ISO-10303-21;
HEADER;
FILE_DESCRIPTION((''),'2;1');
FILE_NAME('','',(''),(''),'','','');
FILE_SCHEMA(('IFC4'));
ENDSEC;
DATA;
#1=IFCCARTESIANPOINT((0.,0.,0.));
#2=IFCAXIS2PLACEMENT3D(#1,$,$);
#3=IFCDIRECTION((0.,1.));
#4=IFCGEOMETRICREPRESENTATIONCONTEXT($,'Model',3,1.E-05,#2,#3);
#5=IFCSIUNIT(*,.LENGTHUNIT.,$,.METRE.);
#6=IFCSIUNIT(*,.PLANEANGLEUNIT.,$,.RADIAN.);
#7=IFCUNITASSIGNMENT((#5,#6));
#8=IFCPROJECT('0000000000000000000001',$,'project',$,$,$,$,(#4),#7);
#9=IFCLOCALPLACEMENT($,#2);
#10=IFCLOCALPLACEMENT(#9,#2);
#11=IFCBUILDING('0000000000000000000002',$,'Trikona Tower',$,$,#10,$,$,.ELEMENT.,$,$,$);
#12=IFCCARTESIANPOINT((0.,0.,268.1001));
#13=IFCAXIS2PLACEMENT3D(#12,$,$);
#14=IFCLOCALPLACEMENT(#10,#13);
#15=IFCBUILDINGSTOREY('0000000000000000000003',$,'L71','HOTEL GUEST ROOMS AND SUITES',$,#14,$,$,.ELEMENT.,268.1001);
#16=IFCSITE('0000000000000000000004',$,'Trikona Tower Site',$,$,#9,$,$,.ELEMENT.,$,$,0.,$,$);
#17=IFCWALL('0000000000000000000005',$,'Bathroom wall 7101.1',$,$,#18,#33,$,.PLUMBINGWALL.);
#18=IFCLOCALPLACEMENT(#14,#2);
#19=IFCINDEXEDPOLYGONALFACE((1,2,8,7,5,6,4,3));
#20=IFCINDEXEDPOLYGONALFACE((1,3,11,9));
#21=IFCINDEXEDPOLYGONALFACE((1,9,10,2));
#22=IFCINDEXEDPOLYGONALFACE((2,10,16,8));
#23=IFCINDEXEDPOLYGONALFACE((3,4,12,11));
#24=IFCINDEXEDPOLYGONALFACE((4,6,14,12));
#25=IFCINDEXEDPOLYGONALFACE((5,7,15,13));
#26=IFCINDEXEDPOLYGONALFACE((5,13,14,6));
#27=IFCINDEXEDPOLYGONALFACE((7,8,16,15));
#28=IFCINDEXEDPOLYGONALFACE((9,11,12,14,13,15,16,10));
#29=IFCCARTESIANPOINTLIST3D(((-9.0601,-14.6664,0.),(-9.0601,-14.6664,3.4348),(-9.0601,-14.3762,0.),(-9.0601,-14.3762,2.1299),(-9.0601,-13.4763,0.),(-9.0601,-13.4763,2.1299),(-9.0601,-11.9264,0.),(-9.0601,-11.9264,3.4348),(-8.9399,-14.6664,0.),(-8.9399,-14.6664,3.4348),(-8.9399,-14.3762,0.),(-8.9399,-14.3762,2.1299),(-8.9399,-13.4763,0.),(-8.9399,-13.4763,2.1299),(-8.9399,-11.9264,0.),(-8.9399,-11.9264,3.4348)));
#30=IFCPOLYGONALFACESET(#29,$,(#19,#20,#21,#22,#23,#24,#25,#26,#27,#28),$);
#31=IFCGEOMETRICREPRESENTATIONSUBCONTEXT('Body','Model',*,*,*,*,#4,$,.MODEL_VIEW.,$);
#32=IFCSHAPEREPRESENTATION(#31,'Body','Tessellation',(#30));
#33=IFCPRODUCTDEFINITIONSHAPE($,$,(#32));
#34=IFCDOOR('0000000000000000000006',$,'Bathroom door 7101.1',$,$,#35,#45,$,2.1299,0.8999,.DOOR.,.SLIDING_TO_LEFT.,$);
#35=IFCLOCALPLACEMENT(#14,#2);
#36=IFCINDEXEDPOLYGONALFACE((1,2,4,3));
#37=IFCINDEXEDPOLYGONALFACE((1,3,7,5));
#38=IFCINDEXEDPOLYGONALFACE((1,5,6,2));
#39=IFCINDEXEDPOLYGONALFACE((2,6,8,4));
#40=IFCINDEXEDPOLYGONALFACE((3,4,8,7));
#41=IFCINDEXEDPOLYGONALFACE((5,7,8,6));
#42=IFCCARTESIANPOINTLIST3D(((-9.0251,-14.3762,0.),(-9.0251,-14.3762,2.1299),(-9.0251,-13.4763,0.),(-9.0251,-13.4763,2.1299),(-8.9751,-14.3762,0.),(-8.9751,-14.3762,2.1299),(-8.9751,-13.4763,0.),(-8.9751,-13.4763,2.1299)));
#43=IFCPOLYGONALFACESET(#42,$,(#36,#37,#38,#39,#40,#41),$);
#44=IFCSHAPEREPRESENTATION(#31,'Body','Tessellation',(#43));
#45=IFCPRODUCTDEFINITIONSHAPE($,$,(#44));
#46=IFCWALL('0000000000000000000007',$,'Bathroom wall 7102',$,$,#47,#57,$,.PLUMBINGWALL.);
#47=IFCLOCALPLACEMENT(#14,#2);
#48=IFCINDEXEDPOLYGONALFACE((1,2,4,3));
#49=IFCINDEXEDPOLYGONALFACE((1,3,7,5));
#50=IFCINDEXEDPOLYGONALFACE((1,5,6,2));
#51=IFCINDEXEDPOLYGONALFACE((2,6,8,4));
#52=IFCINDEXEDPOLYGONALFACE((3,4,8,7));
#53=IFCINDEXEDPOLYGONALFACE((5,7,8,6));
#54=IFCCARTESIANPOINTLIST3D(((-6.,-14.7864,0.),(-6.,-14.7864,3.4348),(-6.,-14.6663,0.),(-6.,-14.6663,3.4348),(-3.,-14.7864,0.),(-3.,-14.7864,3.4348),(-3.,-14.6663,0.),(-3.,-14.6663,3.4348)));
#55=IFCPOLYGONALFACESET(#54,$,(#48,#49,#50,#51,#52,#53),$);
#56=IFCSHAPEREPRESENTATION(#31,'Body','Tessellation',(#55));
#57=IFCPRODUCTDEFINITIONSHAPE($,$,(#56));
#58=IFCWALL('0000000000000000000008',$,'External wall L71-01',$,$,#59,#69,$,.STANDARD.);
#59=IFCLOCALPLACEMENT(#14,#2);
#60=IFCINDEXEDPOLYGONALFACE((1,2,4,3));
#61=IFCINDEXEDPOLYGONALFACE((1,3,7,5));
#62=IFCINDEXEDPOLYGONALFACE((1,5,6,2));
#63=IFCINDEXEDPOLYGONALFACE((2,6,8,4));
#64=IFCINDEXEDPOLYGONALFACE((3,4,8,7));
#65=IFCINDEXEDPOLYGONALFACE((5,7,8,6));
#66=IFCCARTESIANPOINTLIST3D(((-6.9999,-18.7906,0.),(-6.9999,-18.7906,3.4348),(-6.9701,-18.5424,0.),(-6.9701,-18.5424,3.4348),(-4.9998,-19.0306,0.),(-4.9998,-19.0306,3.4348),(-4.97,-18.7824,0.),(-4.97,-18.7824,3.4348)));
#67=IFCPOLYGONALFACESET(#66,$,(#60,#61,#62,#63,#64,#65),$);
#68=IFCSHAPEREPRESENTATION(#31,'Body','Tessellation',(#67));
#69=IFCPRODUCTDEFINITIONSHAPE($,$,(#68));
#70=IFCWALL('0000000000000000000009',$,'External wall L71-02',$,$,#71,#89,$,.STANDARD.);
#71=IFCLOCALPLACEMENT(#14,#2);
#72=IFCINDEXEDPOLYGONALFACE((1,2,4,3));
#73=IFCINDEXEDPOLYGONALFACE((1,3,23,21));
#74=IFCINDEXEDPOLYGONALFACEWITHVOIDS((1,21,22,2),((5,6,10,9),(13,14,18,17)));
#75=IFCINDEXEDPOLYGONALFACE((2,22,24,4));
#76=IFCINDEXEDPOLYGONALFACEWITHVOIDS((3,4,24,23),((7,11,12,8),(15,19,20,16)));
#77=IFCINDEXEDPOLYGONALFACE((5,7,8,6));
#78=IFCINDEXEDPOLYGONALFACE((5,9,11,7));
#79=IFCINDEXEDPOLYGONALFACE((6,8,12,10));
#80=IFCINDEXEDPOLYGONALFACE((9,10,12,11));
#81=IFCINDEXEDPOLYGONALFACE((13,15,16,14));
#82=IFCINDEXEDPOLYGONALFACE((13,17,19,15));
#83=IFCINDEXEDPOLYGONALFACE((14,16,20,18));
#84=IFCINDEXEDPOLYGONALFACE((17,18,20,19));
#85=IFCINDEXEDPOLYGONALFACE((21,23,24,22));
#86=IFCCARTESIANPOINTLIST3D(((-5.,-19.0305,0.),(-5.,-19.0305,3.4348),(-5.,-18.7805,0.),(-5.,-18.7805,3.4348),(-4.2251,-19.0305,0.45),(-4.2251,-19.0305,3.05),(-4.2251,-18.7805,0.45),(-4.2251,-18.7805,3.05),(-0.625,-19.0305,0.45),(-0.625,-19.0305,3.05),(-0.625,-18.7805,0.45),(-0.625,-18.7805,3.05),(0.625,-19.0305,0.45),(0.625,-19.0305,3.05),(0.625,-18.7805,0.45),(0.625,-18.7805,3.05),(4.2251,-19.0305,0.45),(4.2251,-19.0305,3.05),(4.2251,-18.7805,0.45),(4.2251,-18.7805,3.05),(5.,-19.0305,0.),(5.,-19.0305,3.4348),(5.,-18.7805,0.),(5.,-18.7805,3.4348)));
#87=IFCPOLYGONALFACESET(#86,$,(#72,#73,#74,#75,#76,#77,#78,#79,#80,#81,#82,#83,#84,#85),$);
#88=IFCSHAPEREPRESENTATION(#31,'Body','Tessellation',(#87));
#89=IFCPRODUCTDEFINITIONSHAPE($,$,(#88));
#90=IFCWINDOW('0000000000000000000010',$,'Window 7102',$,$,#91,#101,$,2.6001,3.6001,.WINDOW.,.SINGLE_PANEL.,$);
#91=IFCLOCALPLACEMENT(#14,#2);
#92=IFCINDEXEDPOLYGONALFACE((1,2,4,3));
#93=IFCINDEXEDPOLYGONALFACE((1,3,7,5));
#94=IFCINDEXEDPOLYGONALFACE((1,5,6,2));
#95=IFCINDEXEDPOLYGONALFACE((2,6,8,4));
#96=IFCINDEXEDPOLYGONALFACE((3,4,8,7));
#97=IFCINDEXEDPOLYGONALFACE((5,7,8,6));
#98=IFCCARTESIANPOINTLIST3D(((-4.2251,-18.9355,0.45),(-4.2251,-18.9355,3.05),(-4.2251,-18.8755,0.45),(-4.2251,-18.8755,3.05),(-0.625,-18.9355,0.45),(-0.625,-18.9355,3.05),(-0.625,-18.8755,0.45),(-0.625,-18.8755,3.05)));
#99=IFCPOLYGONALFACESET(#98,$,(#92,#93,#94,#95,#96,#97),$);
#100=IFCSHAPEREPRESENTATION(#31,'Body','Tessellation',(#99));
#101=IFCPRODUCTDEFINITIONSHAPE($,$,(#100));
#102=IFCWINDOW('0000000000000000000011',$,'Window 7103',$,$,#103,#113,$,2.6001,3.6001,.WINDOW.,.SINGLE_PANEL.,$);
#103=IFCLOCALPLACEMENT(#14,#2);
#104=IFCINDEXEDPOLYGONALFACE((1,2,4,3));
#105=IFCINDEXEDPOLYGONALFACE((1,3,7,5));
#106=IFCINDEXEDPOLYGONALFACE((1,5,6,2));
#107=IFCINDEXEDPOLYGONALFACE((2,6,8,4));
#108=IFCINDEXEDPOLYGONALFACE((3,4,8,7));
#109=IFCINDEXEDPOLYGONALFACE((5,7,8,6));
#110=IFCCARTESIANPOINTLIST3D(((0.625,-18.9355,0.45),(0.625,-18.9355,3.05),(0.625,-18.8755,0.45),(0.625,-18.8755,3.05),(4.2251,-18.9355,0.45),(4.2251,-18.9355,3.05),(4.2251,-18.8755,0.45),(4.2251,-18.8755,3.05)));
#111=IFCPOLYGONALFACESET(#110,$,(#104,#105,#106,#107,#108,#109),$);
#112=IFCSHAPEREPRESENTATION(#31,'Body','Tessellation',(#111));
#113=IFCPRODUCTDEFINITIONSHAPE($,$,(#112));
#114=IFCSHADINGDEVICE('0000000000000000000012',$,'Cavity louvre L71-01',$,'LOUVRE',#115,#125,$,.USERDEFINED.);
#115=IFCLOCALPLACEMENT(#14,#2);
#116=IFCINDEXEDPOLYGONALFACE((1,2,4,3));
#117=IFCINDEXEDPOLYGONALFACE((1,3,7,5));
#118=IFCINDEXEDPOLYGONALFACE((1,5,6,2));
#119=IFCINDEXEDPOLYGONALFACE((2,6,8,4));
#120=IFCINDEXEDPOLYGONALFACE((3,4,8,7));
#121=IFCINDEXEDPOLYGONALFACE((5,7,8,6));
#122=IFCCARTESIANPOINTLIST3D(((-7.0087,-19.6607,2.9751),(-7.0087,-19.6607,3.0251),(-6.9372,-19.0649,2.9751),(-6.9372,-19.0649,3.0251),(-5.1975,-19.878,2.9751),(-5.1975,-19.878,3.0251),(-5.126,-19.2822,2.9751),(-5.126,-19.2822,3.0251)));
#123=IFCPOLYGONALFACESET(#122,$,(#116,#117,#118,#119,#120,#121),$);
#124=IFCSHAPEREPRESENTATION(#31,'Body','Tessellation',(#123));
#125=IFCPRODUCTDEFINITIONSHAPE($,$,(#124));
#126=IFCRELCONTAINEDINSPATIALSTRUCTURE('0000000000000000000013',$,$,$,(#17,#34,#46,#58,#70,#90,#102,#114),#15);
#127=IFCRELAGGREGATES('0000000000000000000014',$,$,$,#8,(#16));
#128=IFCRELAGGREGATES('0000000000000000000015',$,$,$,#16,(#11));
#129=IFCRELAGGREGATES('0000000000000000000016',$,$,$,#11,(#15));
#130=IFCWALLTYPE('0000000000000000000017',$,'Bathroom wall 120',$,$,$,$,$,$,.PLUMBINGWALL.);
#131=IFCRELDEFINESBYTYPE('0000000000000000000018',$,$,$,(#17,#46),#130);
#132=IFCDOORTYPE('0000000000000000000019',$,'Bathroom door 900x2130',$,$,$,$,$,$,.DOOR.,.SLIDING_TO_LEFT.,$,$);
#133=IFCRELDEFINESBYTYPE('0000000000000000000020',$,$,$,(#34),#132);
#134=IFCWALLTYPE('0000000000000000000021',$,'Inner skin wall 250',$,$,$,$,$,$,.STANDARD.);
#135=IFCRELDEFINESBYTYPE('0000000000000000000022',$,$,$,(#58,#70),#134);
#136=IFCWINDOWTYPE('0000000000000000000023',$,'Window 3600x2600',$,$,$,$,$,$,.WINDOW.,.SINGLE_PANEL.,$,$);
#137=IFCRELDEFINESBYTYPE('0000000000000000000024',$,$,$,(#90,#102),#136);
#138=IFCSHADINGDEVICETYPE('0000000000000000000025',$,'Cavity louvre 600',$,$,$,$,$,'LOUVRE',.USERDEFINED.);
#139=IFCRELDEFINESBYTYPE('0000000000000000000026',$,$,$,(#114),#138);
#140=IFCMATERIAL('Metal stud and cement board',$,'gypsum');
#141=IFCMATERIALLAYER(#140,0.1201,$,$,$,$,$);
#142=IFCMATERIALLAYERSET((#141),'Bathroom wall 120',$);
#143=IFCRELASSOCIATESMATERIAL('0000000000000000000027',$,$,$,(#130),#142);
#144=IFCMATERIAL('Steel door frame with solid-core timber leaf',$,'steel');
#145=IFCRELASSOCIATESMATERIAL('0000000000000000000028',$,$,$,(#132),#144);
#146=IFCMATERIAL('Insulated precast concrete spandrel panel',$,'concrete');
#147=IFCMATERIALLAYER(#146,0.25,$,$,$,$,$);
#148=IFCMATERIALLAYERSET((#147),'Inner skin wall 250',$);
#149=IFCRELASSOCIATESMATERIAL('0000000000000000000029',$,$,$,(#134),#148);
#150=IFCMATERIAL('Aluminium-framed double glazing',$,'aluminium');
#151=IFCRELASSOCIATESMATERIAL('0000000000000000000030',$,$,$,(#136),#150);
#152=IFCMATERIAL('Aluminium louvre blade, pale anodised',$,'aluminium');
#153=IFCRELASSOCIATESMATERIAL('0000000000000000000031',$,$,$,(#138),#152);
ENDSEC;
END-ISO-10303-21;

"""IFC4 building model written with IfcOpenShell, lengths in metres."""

from ifc_helpers import new_model, si_unit, direction, frame, frame_2d, origin, origin_2d, place, context, subcontext, project, spatial, rectangle, extrude, material, layer, layer_set, type_object, element, fill, save


model = new_model("IFC4")

# Units and contexts
model_context = context("Model", 3, precision=1e-05, world=origin(), true_north=direction((0.0, 1.0)))
body_context = subcontext(model_context, "Body", "Model", "MODEL_VIEW")
ifc_project = project(units=[si_unit("LENGTHUNIT", "METRE"), si_unit("PLANEANGLEUNIT", "RADIAN")], contexts=[model_context])

# Site, building, storey
site_placement = place(None, origin())
site = spatial("IfcSite", under=ifc_project, at=site_placement, Name="Trikona Tower Site", CompositionType="ELEMENT", RefElevation=0.0)
building_placement = place(site_placement, origin())
building = spatial("IfcBuilding", under=site, at=building_placement, Name="Trikona Tower", CompositionType="ELEMENT")
storey_placement = place(building_placement, frame((0.0, 0.0, 268.1001)))
storey = spatial("IfcBuildingStorey", under=building, at=storey_placement, Name="L71", Description="HOTEL GUEST ROOMS AND SUITES", CompositionType="ELEMENT", Elevation=268.1001)

# Shared definitions
ifc_material_1 = material(Name="Metal stud and cement board", Category="gypsum")
ifc_layer_1 = layer(ifc_material_1, 0.1201)
ifc_layer_set_1 = layer_set([ifc_layer_1], Name="Bathroom wall 120")
wall_type_1 = type_object("IfcWallType", Name="Bathroom wall 120", PredefinedType="PLUMBINGWALL", material=ifc_layer_set_1)

# Wall, opening, door
wall_1_placement = place(storey_placement, frame((-9.0, -11.9263, 0.0), z_axis=(0.0, 0.0, 1.0), x_axis=(0.0, -1.0, 0.0)))
wall_1 = element("IfcWall", 1, at=wall_1_placement, inside=storey, type_object=wall_type_1, Name="Bathroom wall 7101.1", PredefinedType="PLUMBINGWALL", context=body_context, shape_type="SweptSolid", body=[
    extrude(rectangle(XDim=2.74, YDim=0.1201, at=frame_2d((1.3701, 0.0))), origin(), (0.0, 0.0, 1.0), 3.4348),
])
opening_1_placement = place(wall_1_placement, frame((1.55, 0.0, 0.0)))
opening_1 = element("IfcOpeningElement", 2, at=opening_1_placement, cuts=wall_1, PredefinedType="OPENING", context=body_context, shape_type="SweptSolid", body=[
    extrude(rectangle(XDim=0.8999, YDim=2.1299, at=frame_2d((0.45, 1.0649))), frame((0.0, 0.0701, 0.0), z_axis=(0.0, -1.0, 0.0), x_axis=(1.0, 0.0, 0.0)), (0.0, 0.0, 1.0), 0.1401),
])
ifc_material_2 = material(Name="Steel door frame with solid-core timber leaf", Category="steel")
door_type = type_object("IfcDoorType", Name="Bathroom door 900x2130", OperationType="SLIDING_TO_LEFT", PredefinedType="DOOR", material=ifc_material_2)
door_placement = place(opening_1_placement, origin())
door = element("IfcDoor", 3, at=door_placement, inside=storey, type_object=door_type, Name="Bathroom door 7101.1", OperationType="SLIDING_TO_LEFT", OverallHeight=2.1299, OverallWidth=0.8999, PredefinedType="DOOR", context=body_context, shape_type="SweptSolid", body=[
    extrude(rectangle(XDim=0.8999, YDim=2.1299, at=frame_2d((0.45, 1.0649))), frame((0.0, 0.0249, 0.0), z_axis=(0.0, -1.0, 0.0), x_axis=(1.0, 0.0, 0.0)), (0.0, 0.0, 1.0), 0.05),
])
fill(opening_1, door)

# Walls
wall_2_placement = place(storey_placement, frame((-6.0, -14.7263, 0.0), z_axis=(0.0, 0.0, 1.0), x_axis=(1.0, 0.0, 0.0)))
element("IfcWall", 4, at=wall_2_placement, inside=storey, type_object=wall_type_1, Name="Bathroom wall 7102", PredefinedType="PLUMBINGWALL", context=body_context, shape_type="SweptSolid", body=[
    extrude(rectangle(XDim=3.0, YDim=0.1201, at=frame_2d((1.5, 0.0))), origin(), (0.0, 0.0, 1.0), 3.4348),
])
ifc_material_3 = material(Name="Insulated precast concrete spandrel panel", Category="concrete")
ifc_layer_2 = layer(ifc_material_3, 0.25)
ifc_layer_set_2 = layer_set([ifc_layer_2], Name="Inner skin wall 250")
wall_type_2 = type_object("IfcWallType", Name="Inner skin wall 250", PredefinedType="STANDARD", material=ifc_layer_set_2)
wall_3_placement = place(storey_placement, frame((-6.9851, -18.6665, 0.0), z_axis=(0.0, 0.0, 1.0), x_axis=(0.992877, -0.11914, 0.0)))
element("IfcWall", 5, at=wall_3_placement, inside=storey, type_object=wall_type_2, Name="External wall L71-01", PredefinedType="STANDARD", context=body_context, shape_type="SweptSolid", body=[
    extrude(rectangle(XDim=2.0144, YDim=0.25, at=frame_2d((1.0073, 0.0))), origin(), (0.0, 0.0, 1.0), 3.4348),
])

# Wall, openings, windows
wall_4_placement = place(storey_placement, frame((-5.0, -18.9055, 0.0), z_axis=(0.0, 0.0, 1.0), x_axis=(1.0, 0.0, 0.0)))
wall_4 = element("IfcWall", 6, at=wall_4_placement, inside=storey, type_object=wall_type_2, Name="External wall L71-02", PredefinedType="STANDARD", context=body_context, shape_type="SweptSolid", body=[
    extrude(rectangle(XDim=10.0, YDim=0.25, at=frame_2d((5.0, 0.0))), origin(), (0.0, 0.0, 1.0), 3.4348),
])
opening_2_placement = place(wall_4_placement, frame((0.7749, 0.0, 0.45)))
opening_2 = element("IfcOpeningElement", 7, at=opening_2_placement, cuts=wall_4, PredefinedType="OPENING", context=body_context, shape_type="SweptSolid", body=[
    extrude(rectangle(XDim=3.6001, YDim=2.6001, at=frame_2d((1.8, 1.3))), frame((0.0, 0.135, 0.0), z_axis=(0.0, -1.0, 0.0), x_axis=(1.0, 0.0, 0.0)), (0.0, 0.0, 1.0), 0.27),
])
opening_3_placement = place(wall_4_placement, frame((5.625, 0.0, 0.45)))
opening_3 = element("IfcOpeningElement", 8, at=opening_3_placement, cuts=wall_4, PredefinedType="OPENING", context=body_context, shape_type="SweptSolid", body=[
    extrude(rectangle(XDim=3.6001, YDim=2.6001, at=frame_2d((1.8, 1.3))), frame((0.0, 0.135, 0.0), z_axis=(0.0, -1.0, 0.0), x_axis=(1.0, 0.0, 0.0)), (0.0, 0.0, 1.0), 0.27),
])
ifc_material_4 = material(Name="Aluminium-framed double glazing", Category="aluminium")
window_type = type_object("IfcWindowType", Name="Window 3600x2600", PartitioningType="SINGLE_PANEL", PredefinedType="WINDOW", material=ifc_material_4)
window_1_placement = place(opening_2_placement, origin())
window_1 = element("IfcWindow", 9, at=window_1_placement, inside=storey, type_object=window_type, Name="Window 7102", OverallHeight=2.6001, OverallWidth=3.6001, PartitioningType="SINGLE_PANEL", PredefinedType="WINDOW", context=body_context, shape_type="SweptSolid", body=[
    extrude(rectangle(XDim=3.6001, YDim=2.6001, at=frame_2d((1.8, 1.3))), frame((0.0, 0.03, 0.0), z_axis=(0.0, -1.0, 0.0), x_axis=(1.0, 0.0, 0.0)), (0.0, 0.0, 1.0), 0.0601),
])
fill(opening_2, window_1)
window_2_placement = place(opening_3_placement, origin())
window_2 = element("IfcWindow", 10, at=window_2_placement, inside=storey, type_object=window_type, Name="Window 7103", OverallHeight=2.6001, OverallWidth=3.6001, PartitioningType="SINGLE_PANEL", PredefinedType="WINDOW", context=body_context, shape_type="SweptSolid", body=[
    extrude(rectangle(XDim=3.6001, YDim=2.6001, at=frame_2d((1.8, 1.3))), frame((0.0, 0.03, 0.0), z_axis=(0.0, -1.0, 0.0), x_axis=(1.0, 0.0, 0.0)), (0.0, 0.0, 1.0), 0.0601),
])
fill(opening_3, window_2)

# Shading device
ifc_material_5 = material(Name="Aluminium louvre blade, pale anodised", Category="aluminium")
shading_device_type = type_object("IfcShadingDeviceType", Name="Cavity louvre 600", ElementType="LOUVRE", PredefinedType="USERDEFINED", material=ifc_material_5)
shading_device_placement = place(storey_placement, frame((-6.0674, -19.4714, 2.9751), z_axis=(0.0, 0.0, 1.0), x_axis=(0.992877, -0.119146, 0.0)))
element("IfcShadingDevice", 11, at=shading_device_placement, inside=storey, type_object=shading_device_type, Name="Cavity louvre L71-01", ObjectType="LOUVRE", PredefinedType="USERDEFINED", context=body_context, shape_type="SweptSolid", body=[
    extrude(rectangle(XDim=1.8242, YDim=0.6001, at=origin_2d()), origin(), (0.0, 0.0, 1.0), 0.05),
])

save(model, "model.ifc")
